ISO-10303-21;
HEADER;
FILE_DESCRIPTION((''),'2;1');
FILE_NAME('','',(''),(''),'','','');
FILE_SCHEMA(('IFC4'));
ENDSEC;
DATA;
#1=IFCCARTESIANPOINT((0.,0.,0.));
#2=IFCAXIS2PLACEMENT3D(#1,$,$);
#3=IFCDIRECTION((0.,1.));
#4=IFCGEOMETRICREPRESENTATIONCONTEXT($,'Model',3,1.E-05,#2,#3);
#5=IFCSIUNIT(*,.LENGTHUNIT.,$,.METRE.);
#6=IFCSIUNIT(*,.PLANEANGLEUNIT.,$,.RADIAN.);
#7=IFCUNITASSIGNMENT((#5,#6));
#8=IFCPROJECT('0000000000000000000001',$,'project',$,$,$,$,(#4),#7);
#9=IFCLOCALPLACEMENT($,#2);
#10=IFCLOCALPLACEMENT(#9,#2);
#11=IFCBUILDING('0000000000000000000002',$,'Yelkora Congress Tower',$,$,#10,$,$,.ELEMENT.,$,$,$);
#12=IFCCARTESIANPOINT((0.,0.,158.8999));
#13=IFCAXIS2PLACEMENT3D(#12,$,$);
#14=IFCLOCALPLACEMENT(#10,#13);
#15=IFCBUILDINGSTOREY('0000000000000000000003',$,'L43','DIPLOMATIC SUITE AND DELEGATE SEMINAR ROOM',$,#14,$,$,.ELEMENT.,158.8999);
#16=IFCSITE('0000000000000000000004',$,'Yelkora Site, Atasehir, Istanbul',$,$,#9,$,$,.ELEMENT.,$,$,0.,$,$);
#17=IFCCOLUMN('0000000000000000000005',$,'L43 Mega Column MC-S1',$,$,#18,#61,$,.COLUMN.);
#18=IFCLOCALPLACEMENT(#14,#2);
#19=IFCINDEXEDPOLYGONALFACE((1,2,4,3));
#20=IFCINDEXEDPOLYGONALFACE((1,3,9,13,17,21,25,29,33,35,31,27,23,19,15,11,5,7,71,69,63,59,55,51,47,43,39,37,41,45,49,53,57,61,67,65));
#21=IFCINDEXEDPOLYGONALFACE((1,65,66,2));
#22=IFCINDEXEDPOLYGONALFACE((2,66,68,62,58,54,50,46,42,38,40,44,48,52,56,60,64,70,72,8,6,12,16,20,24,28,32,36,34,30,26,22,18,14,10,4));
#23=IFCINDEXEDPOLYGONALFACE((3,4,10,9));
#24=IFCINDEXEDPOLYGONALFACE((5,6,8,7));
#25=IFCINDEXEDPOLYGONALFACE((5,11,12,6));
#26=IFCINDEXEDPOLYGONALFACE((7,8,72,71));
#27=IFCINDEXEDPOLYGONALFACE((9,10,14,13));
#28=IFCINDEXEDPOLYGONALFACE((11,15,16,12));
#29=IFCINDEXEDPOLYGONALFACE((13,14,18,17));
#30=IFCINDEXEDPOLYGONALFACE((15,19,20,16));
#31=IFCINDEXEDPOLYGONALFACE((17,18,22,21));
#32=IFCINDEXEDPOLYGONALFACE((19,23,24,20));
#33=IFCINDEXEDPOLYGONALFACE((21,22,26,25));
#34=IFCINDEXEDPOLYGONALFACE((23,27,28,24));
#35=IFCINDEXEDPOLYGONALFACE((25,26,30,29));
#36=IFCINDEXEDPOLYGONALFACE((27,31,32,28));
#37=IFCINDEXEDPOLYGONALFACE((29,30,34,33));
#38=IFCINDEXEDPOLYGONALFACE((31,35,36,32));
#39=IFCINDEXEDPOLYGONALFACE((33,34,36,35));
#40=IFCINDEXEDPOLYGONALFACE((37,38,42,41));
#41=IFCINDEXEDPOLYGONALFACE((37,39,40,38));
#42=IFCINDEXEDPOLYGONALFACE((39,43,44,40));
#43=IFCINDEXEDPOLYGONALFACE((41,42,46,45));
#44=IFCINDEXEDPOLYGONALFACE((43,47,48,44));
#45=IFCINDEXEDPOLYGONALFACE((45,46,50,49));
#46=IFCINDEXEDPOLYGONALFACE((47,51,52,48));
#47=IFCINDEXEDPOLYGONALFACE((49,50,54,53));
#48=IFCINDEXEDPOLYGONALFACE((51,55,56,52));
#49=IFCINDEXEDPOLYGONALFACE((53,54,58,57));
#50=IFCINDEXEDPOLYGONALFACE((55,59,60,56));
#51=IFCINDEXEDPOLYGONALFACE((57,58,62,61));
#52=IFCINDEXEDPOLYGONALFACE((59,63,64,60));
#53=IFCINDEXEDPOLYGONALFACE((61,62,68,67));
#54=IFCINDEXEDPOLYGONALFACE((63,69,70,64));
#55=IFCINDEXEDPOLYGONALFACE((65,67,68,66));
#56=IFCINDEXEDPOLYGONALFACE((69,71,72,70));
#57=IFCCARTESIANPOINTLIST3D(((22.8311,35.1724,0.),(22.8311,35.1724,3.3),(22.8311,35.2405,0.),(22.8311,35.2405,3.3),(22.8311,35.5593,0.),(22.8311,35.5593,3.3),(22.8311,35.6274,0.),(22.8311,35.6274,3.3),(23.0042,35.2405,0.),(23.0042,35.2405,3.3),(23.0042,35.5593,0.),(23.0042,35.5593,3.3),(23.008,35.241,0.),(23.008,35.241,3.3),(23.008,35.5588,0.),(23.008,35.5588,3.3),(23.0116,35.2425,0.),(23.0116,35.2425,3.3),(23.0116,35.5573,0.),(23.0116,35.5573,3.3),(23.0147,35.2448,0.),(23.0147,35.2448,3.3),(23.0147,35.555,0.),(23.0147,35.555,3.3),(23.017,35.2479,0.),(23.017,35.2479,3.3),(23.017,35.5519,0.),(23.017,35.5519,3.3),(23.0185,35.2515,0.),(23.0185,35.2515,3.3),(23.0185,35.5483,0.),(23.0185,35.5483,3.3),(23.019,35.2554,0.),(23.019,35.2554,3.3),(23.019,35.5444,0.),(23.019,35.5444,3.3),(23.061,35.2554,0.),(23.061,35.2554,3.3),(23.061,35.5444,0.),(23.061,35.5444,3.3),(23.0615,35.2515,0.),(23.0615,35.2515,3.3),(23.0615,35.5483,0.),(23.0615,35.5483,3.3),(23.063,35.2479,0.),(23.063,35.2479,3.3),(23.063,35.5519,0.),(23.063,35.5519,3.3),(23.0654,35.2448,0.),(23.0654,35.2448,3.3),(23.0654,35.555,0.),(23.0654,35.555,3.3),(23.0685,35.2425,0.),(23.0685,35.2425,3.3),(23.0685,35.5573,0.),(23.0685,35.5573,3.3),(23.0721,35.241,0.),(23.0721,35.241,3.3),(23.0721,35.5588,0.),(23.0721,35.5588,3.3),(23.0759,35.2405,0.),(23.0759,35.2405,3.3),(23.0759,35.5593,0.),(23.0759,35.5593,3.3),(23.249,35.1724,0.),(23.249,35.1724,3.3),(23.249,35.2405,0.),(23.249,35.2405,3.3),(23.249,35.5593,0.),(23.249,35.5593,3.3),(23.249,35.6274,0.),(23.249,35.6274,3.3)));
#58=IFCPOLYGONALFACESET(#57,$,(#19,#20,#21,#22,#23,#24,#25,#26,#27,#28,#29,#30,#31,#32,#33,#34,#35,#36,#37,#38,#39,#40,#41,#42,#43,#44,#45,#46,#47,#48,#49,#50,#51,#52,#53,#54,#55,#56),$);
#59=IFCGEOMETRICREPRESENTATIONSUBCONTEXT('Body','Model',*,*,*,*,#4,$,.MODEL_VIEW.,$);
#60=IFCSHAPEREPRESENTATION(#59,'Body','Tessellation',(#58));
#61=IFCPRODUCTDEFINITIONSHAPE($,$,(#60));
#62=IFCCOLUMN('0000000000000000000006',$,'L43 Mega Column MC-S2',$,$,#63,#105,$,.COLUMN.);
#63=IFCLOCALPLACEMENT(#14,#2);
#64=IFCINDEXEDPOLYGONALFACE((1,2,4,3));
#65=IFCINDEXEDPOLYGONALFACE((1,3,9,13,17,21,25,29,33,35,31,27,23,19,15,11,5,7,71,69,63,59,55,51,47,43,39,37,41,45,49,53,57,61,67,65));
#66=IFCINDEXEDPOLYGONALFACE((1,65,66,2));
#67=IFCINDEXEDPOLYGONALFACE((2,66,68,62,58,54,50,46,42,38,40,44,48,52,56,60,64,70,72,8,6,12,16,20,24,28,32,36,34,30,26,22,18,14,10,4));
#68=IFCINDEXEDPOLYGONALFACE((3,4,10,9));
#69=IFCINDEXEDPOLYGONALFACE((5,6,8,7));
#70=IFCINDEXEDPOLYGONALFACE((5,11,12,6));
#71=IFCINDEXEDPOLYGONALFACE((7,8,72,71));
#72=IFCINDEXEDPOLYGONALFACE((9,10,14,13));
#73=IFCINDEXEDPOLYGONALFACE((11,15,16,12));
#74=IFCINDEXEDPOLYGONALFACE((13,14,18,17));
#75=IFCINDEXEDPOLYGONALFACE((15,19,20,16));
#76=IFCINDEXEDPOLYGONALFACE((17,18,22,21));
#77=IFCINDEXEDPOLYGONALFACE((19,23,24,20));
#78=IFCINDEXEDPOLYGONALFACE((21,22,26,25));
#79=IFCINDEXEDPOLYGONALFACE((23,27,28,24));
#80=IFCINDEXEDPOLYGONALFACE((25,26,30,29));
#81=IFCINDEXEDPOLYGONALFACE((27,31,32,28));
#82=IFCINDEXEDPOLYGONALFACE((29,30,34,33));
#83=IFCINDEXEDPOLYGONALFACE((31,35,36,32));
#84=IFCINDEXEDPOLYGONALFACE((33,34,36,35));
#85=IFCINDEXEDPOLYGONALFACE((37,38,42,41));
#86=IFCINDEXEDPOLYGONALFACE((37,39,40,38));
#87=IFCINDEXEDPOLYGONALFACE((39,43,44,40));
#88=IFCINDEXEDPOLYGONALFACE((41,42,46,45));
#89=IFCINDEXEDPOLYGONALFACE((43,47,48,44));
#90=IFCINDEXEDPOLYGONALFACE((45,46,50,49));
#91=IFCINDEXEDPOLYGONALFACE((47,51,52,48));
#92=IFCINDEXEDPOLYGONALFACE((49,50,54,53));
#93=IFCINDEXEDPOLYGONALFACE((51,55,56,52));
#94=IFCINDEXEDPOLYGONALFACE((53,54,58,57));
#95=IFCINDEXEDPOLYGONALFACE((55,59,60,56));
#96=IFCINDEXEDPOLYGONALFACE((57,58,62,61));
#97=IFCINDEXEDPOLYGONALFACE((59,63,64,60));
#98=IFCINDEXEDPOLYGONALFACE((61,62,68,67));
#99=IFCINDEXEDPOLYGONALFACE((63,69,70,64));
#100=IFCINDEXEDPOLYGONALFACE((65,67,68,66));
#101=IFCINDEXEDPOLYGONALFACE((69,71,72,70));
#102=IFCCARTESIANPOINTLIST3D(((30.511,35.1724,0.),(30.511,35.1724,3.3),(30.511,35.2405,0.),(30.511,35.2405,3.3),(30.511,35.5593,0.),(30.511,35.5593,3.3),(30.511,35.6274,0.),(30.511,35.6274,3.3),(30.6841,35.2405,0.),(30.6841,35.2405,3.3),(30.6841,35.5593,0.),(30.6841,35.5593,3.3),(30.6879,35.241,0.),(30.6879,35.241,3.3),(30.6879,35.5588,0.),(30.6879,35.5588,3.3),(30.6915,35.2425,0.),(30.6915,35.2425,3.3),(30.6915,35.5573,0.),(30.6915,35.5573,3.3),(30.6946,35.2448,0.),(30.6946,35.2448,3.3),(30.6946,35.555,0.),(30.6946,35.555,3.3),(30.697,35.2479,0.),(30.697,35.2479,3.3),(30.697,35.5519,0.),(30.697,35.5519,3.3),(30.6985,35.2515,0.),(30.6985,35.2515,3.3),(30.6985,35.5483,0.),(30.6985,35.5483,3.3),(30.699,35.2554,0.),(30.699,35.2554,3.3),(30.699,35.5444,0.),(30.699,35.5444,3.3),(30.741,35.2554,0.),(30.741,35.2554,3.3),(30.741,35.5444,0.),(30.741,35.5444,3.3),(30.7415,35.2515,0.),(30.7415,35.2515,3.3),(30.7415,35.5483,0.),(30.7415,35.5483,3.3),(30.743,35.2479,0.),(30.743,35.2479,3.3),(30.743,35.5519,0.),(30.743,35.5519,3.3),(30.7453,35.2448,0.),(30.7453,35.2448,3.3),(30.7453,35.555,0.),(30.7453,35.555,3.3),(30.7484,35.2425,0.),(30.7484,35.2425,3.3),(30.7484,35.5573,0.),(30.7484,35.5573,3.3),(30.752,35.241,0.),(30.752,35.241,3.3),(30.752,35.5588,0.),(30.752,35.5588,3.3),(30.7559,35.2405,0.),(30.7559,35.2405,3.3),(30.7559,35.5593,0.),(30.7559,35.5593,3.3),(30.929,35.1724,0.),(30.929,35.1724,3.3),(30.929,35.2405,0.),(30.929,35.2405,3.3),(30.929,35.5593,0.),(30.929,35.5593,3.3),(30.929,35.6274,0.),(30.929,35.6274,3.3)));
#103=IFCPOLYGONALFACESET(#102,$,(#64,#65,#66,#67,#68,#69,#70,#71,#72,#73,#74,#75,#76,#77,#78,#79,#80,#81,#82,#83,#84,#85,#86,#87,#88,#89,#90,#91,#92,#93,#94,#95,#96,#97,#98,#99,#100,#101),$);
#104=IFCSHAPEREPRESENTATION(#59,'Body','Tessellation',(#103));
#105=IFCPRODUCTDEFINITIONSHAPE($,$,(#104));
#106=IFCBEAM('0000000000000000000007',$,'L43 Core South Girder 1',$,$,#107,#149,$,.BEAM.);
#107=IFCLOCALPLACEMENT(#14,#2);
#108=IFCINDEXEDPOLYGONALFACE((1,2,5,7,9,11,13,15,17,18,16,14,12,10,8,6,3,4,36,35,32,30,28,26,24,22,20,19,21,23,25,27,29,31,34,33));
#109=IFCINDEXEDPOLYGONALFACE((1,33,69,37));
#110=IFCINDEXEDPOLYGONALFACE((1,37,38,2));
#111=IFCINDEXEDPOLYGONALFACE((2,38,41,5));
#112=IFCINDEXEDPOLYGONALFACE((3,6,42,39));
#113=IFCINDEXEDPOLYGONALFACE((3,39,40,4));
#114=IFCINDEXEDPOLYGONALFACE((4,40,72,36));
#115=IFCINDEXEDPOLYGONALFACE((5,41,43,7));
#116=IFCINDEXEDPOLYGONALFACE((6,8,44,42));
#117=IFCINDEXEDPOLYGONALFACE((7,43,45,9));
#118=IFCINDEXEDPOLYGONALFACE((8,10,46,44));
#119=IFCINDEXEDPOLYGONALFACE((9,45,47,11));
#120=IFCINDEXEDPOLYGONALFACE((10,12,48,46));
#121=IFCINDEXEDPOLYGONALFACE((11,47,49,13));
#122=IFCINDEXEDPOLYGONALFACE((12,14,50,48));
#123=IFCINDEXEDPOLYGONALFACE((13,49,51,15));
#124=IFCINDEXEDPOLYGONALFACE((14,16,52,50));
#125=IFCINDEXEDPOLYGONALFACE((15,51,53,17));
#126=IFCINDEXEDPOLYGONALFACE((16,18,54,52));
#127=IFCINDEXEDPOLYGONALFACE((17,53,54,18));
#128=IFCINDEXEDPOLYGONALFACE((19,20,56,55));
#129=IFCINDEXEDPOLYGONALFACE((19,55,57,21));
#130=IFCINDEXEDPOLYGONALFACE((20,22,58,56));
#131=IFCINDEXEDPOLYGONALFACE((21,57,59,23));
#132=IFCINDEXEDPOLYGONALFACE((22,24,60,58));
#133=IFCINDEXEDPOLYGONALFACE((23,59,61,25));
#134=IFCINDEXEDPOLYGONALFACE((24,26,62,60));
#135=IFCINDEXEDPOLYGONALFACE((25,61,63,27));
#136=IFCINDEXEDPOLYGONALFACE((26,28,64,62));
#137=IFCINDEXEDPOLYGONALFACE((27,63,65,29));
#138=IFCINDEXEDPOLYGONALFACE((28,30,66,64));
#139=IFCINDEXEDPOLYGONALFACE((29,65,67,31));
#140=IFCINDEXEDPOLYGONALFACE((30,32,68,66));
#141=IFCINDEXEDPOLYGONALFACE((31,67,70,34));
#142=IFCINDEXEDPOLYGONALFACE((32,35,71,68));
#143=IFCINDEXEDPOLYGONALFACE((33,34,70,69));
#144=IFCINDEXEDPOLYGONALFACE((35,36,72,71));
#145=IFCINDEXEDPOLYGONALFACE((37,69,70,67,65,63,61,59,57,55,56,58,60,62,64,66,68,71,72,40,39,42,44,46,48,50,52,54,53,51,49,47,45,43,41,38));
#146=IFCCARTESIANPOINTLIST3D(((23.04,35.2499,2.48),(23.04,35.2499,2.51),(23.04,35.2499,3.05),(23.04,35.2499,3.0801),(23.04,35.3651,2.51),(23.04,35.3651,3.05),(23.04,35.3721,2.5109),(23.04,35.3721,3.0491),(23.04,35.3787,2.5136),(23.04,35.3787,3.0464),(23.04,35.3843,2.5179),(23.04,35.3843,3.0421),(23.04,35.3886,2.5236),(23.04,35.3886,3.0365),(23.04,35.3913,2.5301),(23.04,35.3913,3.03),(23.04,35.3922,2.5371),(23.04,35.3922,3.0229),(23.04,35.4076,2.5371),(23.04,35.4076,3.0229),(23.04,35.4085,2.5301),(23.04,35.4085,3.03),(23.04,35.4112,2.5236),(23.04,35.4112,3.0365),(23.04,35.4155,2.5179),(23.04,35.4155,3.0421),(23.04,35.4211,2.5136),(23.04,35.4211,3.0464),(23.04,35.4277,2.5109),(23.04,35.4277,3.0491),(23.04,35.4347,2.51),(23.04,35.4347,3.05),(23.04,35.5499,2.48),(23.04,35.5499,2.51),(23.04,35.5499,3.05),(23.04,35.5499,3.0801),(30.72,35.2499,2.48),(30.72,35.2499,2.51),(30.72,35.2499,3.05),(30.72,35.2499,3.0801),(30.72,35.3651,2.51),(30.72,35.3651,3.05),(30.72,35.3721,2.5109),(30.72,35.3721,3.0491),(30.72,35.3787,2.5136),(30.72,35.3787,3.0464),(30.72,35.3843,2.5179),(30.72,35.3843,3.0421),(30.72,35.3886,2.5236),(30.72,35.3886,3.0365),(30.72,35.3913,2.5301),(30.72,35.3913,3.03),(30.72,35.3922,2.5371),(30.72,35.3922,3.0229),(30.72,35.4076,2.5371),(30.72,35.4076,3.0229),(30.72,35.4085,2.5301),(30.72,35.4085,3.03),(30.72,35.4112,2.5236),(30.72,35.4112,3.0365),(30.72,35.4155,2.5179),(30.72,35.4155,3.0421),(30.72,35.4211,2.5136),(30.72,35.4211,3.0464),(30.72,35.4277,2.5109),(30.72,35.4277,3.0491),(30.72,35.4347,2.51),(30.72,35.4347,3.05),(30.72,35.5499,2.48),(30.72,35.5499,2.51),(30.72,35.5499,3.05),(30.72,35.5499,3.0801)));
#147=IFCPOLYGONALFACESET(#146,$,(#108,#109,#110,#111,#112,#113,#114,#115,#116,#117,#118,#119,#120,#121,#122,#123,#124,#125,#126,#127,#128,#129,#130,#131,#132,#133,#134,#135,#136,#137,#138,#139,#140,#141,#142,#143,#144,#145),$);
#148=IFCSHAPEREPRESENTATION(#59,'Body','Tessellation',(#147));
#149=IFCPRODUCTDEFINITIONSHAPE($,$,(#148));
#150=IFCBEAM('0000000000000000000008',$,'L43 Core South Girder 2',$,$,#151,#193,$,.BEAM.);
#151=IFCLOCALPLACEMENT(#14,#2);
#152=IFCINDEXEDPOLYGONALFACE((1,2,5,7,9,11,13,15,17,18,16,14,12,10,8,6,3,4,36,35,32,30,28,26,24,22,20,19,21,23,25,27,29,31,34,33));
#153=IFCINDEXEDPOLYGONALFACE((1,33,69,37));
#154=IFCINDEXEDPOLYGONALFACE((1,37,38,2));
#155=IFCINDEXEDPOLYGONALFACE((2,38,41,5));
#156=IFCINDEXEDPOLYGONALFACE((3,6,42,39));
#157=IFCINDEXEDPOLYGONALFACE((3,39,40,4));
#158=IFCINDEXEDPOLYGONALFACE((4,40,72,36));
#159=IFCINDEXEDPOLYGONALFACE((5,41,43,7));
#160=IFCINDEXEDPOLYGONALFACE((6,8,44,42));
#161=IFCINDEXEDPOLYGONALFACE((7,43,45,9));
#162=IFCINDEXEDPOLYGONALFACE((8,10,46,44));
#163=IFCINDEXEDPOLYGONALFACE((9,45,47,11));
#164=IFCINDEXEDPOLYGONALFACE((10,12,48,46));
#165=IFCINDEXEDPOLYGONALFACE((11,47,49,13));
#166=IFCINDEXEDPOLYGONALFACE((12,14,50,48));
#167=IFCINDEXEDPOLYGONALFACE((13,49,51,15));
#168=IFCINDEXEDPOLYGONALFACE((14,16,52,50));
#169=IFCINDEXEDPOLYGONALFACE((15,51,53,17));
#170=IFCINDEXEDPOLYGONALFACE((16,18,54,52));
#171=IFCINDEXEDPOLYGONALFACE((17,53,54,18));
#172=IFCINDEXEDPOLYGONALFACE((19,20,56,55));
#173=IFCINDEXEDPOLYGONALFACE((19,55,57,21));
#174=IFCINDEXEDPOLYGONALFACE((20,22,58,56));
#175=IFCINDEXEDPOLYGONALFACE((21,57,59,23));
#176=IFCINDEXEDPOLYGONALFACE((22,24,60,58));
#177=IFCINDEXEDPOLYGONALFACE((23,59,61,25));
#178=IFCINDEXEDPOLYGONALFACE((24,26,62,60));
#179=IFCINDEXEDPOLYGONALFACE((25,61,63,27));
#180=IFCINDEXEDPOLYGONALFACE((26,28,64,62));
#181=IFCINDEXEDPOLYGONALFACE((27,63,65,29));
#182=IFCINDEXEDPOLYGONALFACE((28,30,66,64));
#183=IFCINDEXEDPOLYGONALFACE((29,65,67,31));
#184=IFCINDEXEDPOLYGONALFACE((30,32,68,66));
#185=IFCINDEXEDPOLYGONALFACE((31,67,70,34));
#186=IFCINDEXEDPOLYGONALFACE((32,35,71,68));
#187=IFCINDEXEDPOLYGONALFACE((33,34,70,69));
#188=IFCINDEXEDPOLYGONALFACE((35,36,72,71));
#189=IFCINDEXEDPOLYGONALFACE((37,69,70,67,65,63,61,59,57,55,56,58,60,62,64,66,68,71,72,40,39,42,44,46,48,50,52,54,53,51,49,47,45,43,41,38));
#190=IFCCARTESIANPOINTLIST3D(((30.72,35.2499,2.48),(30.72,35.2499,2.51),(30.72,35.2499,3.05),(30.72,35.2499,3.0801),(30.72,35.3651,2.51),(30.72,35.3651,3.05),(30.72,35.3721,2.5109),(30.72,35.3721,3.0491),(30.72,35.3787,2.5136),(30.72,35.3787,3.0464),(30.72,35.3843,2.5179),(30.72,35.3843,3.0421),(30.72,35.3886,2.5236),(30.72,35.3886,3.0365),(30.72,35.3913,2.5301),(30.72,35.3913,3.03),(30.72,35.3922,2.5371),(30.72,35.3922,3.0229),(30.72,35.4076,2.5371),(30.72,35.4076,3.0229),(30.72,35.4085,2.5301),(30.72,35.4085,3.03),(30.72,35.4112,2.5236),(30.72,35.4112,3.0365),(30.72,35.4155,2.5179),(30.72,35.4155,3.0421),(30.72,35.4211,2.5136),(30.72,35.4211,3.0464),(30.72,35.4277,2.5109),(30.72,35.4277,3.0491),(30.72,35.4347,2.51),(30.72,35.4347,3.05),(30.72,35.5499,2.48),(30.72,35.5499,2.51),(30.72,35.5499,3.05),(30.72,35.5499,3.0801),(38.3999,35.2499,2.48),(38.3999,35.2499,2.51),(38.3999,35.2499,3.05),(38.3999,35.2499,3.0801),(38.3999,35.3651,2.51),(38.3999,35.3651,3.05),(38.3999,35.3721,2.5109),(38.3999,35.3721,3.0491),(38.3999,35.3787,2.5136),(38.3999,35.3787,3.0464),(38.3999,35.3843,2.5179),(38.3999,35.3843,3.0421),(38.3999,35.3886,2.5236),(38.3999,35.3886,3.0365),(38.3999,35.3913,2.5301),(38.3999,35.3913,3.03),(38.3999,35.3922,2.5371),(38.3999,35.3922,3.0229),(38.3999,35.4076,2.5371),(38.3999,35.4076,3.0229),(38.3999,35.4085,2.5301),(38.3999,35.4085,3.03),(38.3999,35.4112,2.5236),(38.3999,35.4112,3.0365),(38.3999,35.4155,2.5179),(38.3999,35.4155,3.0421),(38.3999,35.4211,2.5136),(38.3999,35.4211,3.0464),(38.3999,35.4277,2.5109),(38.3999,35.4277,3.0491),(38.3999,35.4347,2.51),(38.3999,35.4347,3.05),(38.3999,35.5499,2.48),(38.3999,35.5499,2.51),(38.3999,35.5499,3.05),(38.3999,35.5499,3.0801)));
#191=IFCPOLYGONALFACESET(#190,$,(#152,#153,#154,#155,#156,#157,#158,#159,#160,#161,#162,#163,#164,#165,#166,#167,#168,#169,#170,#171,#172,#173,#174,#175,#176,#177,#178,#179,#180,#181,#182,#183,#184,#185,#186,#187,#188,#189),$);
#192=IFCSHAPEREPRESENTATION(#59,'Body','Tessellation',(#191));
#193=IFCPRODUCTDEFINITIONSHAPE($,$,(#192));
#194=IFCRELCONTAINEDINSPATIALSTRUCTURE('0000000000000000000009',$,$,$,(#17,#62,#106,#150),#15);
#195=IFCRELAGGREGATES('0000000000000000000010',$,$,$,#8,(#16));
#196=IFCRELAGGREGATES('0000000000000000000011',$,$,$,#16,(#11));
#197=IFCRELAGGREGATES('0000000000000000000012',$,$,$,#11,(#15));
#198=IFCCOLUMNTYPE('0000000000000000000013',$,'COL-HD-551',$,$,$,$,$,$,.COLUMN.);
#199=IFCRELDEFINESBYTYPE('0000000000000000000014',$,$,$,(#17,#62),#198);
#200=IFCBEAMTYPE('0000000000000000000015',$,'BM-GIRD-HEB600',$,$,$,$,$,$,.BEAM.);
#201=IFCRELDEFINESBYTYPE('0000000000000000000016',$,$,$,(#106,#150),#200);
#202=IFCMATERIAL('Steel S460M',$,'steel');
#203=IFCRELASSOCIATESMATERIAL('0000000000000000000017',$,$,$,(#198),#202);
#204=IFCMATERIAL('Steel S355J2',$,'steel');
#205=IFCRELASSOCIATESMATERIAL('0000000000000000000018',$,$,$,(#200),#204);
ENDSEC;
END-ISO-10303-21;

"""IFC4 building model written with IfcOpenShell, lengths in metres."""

from ifc_helpers import new_model, si_unit, direction, frame, origin, origin_2d, place, context, subcontext, project, spatial, i_section, extrude, material, material_profile, profile_set, type_object, element, save


model = new_model("IFC4")

# Units and contexts
model_context = context("Model", 3, precision=1e-05, world=origin(), true_north=direction((0.0, 1.0)))
body_context = subcontext(model_context, "Body", "Model", "MODEL_VIEW")
ifc_project = project(units=[si_unit("LENGTHUNIT", "METRE"), si_unit("PLANEANGLEUNIT", "RADIAN")], contexts=[model_context])

# Site, building, storey
site_placement = place(None, origin())
site = spatial("IfcSite", under=ifc_project, at=site_placement, Name="Yelkora Site, Atasehir, Istanbul", CompositionType="ELEMENT", RefElevation=0.0)
building_placement = place(site_placement, origin())
building = spatial("IfcBuilding", under=site, at=building_placement, Name="Yelkora Congress Tower", CompositionType="ELEMENT")
storey_placement = place(building_placement, frame((0.0, 0.0, 158.8999)))
storey = spatial("IfcBuildingStorey", under=building, at=storey_placement, Name="L43", Description="DIPLOMATIC SUITE AND DELEGATE SEMINAR ROOM", CompositionType="ELEMENT", Elevation=158.8999)

# Columns
ifc_material_1 = material(Name="Steel S460M", Category="steel")
ifc_material_profile_1 = material_profile(ifc_material_1, i_section(OverallWidth=0.418, OverallDepth=0.4551, WebThickness=0.042, FlangeThickness=0.0681, FilletRadius=0.0149, at=origin_2d()), Name="HD 400x551")
ifc_profile_set_1 = profile_set([ifc_material_profile_1], Name="Steel S460M")
column_type = type_object("IfcColumnType", Name="COL-HD-551", PredefinedType="COLUMN", material=ifc_profile_set_1)
for number, where, z_axis, x_axis, name in (
    (1, (23.04, 35.3999, 0.0), (0.0, 0.0, 1.0), (1.0, 0.0, 0.0), "L43 Mega Column MC-S1"),
    (2, (30.72, 35.3999, 0.0), (0.0, 0.0, 1.0), (1.0, 0.0, 0.0), "L43 Mega Column MC-S2"),
):
    element("IfcColumn", number, at=place(storey_placement, frame(where, z_axis=z_axis, x_axis=x_axis)), inside=storey, type_object=column_type, Name=name, PredefinedType="COLUMN", context=body_context, shape_type="SweptSolid", body=[
        extrude(i_section(OverallWidth=0.418, OverallDepth=0.4551, WebThickness=0.042, FlangeThickness=0.0681, FilletRadius=0.0149, at=origin_2d()), origin(), (0.0, 0.0, 1.0), 3.3),
    ])

# Beams
ifc_material_2 = material(Name="Steel S355J2", Category="steel")
ifc_material_profile_2 = material_profile(ifc_material_2, i_section(OverallWidth=0.3, OverallDepth=0.6001, WebThickness=0.0154, FlangeThickness=0.03, FilletRadius=0.0271, at=origin_2d()), Name="HEB 600")
ifc_profile_set_2 = profile_set([ifc_material_profile_2], Name="Steel S355J2")
beam_type_1 = type_object("IfcBeamType", Name="BM-GIRD-HEB600", PredefinedType="BEAM", material=ifc_profile_set_2)
for number, where, z_axis, x_axis, name in (
    (3, (23.04, 35.3999, 2.78), (1.0, 0.0, 0.0), (0.0, 1.0, 0.0), "L43 Core South Girder 1"),
    (4, (30.72, 35.3999, 2.78), (1.0, 0.0, 0.0), (0.0, 1.0, 0.0), "L43 Core South Girder 2"),
):
    element("IfcBeam", number, at=place(storey_placement, frame(where, z_axis=z_axis, x_axis=x_axis)), inside=storey, type_object=beam_type_1, Name=name, PredefinedType="BEAM", context=body_context, shape_type="SweptSolid", body=[
        extrude(i_section(OverallWidth=0.3, OverallDepth=0.6001, WebThickness=0.0154, FlangeThickness=0.03, FilletRadius=0.0271, at=origin_2d()), origin(), (0.0, 0.0, 1.0), 7.6799),
    ])

save(model, "model.ifc")
